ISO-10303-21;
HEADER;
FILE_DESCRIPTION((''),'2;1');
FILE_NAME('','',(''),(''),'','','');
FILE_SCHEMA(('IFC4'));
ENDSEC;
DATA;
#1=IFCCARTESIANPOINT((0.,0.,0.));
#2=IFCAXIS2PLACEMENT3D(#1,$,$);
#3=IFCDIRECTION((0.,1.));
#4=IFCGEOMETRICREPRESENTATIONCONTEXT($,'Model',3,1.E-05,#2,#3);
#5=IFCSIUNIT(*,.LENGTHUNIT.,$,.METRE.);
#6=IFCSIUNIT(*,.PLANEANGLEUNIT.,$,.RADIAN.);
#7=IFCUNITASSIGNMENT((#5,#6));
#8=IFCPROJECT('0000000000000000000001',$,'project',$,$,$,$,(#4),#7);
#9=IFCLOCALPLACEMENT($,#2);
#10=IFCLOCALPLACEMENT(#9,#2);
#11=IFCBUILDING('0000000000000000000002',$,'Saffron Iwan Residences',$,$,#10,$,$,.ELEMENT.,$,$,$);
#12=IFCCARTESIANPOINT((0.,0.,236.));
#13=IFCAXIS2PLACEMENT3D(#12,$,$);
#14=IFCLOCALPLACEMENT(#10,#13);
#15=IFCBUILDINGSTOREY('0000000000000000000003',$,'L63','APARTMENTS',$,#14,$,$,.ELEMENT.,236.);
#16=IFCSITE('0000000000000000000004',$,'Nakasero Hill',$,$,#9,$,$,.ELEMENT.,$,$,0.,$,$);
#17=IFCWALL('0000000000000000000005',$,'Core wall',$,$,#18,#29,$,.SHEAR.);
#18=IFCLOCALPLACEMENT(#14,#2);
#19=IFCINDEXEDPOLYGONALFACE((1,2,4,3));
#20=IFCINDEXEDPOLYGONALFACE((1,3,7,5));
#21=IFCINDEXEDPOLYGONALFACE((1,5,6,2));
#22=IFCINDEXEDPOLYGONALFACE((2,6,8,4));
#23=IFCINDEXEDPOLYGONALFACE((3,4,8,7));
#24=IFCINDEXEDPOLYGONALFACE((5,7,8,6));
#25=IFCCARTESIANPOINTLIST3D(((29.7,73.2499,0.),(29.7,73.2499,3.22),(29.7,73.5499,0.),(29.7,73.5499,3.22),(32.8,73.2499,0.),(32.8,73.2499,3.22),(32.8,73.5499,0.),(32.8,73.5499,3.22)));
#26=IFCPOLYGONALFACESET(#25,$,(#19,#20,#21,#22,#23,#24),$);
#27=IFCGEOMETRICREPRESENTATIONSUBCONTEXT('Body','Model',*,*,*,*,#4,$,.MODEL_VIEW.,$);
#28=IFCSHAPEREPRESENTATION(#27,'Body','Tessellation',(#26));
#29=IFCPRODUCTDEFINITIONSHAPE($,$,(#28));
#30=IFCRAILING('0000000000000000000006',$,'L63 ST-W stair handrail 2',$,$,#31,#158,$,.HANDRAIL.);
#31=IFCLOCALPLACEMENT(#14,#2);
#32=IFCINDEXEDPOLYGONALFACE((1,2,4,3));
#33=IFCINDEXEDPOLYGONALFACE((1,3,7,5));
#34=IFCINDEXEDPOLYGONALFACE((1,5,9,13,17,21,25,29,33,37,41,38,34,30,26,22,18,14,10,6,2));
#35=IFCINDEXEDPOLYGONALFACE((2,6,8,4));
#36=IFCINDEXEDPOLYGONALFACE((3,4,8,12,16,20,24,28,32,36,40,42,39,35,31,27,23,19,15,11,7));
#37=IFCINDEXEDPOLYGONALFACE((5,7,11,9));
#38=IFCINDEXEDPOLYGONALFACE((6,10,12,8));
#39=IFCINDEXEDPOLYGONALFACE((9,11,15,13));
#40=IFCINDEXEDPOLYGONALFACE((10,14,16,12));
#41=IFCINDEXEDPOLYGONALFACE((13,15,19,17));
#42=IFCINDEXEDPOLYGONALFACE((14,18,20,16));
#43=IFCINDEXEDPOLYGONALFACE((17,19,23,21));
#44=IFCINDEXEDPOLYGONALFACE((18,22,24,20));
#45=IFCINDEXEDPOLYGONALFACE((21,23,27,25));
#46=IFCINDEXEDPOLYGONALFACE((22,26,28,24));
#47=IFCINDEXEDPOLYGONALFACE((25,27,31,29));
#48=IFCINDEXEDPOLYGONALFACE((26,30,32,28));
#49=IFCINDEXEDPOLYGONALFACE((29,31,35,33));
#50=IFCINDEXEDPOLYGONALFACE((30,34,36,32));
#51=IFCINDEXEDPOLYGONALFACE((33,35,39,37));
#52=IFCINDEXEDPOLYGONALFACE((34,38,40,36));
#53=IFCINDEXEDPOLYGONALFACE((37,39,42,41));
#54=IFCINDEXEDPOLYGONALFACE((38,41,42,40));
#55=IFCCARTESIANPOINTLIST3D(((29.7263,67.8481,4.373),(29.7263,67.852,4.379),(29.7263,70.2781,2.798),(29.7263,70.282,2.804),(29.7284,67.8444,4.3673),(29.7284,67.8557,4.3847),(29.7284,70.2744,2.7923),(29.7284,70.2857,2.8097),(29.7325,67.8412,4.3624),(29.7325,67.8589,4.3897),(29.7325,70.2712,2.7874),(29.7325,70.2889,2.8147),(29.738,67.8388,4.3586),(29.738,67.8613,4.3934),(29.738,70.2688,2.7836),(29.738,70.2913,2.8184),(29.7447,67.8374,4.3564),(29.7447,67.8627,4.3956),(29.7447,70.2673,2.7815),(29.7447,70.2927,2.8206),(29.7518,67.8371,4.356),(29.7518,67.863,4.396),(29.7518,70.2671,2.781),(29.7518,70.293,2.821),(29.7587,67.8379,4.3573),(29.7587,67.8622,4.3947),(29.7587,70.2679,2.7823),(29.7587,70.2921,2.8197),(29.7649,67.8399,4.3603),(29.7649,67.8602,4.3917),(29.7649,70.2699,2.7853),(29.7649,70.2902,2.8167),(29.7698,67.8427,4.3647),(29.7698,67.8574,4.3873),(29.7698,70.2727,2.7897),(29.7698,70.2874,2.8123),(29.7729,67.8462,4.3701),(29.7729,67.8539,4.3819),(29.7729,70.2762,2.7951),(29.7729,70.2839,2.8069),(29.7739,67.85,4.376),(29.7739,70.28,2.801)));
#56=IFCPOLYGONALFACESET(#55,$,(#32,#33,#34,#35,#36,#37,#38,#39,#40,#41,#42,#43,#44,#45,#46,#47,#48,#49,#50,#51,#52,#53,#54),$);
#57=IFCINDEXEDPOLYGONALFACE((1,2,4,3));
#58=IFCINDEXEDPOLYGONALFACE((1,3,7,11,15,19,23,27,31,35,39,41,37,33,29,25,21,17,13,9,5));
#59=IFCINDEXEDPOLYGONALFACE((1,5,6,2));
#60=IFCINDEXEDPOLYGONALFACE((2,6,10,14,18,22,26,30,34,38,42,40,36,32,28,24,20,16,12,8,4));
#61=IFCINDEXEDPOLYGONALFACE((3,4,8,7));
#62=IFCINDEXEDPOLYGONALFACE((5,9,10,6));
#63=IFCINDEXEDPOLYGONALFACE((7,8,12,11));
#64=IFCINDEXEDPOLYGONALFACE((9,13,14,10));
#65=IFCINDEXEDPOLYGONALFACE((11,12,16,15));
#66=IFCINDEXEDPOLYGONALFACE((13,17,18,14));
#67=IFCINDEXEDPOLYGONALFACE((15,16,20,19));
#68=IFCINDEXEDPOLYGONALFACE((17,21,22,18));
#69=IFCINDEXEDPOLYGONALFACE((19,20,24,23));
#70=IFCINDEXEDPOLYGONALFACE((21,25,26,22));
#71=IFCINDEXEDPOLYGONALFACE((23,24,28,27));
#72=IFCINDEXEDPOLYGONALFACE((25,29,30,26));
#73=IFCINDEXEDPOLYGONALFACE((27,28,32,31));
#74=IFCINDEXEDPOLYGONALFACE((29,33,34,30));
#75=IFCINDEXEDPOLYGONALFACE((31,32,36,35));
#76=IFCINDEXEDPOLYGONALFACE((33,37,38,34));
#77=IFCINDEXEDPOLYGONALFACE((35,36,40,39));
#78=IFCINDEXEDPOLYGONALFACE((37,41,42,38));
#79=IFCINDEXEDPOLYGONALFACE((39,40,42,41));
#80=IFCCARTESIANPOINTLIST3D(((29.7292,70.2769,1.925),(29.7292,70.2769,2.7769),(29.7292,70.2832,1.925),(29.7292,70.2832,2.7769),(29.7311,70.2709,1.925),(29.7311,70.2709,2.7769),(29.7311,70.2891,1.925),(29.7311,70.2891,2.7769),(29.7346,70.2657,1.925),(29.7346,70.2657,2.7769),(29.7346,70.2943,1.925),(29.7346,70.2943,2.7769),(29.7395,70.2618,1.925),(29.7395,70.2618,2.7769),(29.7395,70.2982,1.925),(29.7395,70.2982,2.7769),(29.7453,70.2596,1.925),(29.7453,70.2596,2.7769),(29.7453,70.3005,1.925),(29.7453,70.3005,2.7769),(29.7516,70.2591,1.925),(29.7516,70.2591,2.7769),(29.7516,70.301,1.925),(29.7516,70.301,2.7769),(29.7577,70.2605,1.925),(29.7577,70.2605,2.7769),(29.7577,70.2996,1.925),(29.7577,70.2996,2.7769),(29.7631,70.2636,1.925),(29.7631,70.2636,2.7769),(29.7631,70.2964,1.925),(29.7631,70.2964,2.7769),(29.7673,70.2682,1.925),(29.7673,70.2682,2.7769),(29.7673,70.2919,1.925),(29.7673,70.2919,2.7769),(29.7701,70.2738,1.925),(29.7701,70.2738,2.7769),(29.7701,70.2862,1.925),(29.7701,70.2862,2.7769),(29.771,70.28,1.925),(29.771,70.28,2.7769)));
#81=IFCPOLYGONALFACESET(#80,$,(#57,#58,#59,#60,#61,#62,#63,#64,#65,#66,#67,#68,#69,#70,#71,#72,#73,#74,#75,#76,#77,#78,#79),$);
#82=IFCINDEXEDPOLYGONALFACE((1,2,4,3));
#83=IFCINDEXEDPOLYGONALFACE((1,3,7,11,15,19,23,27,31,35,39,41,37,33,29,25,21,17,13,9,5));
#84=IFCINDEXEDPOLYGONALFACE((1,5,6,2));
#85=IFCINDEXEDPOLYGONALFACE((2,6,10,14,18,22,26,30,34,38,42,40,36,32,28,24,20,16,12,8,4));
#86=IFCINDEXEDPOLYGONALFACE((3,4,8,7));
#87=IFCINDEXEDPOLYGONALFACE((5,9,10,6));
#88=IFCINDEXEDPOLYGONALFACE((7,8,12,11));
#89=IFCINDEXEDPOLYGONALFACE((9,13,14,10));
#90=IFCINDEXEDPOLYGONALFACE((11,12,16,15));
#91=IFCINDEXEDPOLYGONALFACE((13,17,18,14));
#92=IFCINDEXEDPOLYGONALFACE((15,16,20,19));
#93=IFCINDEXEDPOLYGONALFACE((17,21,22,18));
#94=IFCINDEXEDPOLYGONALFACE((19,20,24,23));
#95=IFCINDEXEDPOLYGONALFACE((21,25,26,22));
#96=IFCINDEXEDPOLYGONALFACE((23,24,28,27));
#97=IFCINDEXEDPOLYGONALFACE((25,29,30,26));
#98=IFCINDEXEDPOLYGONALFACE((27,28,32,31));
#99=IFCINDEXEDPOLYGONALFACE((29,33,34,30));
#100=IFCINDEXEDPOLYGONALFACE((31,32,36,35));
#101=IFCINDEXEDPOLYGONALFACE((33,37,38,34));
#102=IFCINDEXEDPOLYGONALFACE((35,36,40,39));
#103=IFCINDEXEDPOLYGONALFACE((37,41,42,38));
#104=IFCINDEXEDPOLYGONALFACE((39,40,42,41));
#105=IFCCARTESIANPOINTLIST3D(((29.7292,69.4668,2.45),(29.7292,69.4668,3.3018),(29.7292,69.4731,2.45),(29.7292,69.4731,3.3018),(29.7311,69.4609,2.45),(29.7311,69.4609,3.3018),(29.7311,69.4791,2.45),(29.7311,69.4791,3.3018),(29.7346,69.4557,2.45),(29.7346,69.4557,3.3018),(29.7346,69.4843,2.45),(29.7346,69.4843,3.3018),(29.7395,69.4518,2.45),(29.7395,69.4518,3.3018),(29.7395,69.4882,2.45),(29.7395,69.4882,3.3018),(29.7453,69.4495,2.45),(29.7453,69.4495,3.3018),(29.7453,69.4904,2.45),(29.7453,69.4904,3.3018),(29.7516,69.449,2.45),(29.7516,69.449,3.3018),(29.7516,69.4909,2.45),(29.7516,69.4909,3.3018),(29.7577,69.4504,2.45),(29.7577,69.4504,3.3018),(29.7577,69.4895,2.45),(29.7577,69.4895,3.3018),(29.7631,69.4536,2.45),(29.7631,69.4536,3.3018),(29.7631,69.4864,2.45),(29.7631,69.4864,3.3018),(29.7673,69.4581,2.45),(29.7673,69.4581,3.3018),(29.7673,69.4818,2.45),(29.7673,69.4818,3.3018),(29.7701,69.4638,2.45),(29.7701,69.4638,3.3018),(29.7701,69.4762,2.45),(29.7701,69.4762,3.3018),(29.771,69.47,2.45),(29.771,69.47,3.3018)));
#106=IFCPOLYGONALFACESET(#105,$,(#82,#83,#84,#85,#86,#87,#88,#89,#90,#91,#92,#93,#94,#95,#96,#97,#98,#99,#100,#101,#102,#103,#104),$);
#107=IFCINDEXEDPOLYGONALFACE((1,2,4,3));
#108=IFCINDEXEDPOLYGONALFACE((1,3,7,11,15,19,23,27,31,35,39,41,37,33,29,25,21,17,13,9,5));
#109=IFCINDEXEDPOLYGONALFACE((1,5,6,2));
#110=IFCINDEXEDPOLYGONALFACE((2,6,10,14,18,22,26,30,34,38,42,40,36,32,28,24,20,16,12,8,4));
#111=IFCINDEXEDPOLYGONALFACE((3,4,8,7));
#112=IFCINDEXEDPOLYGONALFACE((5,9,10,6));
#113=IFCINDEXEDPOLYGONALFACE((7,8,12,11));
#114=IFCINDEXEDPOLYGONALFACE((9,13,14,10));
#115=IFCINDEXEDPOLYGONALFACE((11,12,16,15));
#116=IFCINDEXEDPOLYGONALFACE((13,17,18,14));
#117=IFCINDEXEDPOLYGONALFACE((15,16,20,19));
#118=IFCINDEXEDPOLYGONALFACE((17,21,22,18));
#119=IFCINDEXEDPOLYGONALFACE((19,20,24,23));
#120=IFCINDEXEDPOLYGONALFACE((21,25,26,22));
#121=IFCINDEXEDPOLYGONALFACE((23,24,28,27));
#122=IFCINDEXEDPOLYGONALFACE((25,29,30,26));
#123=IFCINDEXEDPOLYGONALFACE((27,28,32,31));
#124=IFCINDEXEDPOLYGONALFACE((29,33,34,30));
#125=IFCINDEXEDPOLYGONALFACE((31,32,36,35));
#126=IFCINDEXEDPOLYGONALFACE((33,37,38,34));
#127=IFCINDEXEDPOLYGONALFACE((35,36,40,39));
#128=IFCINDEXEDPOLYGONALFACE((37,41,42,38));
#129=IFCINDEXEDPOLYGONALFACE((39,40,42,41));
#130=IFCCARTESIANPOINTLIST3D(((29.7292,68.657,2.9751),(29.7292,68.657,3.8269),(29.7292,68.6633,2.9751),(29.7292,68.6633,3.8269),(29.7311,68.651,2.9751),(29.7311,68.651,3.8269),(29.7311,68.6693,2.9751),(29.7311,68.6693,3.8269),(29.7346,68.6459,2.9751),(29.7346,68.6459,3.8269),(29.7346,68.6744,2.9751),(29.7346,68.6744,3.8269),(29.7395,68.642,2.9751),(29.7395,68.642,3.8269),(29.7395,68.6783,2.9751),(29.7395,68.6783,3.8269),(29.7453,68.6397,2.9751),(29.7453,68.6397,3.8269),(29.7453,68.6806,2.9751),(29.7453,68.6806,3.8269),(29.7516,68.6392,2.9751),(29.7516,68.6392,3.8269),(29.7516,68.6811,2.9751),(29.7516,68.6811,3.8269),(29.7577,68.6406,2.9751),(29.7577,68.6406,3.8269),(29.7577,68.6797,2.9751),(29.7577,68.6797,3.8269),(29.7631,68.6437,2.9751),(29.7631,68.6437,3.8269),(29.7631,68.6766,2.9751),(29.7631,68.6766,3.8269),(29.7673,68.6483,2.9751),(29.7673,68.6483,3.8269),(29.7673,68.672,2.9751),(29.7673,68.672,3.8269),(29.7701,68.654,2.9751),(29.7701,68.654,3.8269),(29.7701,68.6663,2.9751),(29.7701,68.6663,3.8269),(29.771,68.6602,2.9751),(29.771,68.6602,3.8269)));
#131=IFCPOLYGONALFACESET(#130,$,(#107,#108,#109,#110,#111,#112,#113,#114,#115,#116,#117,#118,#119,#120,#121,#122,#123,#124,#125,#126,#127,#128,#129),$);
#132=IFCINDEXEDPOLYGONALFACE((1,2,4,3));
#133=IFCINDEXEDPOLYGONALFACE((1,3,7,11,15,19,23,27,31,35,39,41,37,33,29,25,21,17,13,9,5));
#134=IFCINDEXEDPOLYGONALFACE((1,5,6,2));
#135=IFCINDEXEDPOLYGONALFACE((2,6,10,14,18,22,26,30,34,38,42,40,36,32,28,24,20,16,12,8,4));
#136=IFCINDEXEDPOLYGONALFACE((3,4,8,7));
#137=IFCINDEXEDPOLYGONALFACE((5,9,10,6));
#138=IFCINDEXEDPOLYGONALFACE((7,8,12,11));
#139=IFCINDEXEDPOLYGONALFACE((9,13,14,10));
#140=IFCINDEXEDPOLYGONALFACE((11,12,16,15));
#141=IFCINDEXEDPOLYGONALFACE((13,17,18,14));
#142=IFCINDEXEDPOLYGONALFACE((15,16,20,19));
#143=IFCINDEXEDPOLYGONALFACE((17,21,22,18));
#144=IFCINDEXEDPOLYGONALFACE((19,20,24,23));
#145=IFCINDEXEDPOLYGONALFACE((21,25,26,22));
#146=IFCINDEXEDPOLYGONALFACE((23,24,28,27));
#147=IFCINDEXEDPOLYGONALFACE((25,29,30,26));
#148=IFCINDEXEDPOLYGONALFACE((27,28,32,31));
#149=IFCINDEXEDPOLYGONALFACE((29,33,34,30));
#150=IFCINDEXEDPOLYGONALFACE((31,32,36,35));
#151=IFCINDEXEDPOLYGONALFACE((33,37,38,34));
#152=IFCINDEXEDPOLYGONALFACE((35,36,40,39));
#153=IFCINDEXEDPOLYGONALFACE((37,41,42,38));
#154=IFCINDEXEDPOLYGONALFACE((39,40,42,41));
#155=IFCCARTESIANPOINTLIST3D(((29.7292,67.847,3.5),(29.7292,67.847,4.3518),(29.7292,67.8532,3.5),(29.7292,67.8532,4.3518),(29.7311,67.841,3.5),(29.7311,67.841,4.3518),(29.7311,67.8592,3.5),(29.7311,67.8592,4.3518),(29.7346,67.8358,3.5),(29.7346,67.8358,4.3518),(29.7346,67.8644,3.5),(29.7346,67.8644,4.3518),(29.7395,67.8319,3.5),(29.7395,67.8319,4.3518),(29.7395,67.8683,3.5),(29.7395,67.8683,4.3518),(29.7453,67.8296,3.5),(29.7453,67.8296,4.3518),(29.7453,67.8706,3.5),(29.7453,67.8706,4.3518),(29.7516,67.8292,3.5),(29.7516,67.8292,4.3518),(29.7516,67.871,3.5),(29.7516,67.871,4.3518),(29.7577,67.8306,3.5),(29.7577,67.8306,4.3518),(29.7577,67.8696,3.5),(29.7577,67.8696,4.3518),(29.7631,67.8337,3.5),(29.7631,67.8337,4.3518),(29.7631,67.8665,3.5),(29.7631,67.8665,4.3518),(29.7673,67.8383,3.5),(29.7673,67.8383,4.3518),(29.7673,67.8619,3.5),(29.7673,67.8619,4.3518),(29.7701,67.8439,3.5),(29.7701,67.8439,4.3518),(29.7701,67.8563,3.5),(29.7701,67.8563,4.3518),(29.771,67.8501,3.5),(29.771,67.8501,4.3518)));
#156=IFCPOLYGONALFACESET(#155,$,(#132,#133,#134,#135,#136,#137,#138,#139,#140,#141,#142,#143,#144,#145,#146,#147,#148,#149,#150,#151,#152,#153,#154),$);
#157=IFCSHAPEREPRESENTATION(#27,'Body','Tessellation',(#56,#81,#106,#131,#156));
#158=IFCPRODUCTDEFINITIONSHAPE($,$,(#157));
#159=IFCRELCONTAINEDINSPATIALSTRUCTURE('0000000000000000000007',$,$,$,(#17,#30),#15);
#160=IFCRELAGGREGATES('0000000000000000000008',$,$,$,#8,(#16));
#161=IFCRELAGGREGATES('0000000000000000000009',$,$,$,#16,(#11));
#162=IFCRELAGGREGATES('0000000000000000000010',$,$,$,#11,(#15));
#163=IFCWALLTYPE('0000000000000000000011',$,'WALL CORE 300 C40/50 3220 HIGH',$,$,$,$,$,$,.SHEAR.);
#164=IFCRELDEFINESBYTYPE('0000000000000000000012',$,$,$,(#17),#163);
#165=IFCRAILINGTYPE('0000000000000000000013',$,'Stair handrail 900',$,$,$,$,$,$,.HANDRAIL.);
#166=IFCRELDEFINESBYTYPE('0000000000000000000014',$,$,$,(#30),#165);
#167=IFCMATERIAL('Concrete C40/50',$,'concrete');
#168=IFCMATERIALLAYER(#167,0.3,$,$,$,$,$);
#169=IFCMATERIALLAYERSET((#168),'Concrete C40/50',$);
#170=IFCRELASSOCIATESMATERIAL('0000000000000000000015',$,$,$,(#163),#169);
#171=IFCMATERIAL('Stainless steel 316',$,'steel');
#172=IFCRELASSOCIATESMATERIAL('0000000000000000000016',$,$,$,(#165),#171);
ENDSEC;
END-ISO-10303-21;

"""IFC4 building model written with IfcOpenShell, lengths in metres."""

from ifc_helpers import new_model, si_unit, direction, frame, frame_2d, origin, origin_2d, place, context, subcontext, project, spatial, rectangle, circle, extrude, material, layer, layer_set, type_object, element, save


model = new_model("IFC4")

# Units and contexts
model_context = context("Model", 3, precision=1e-05, world=origin(), true_north=direction((0.0, 1.0)))
body_context = subcontext(model_context, "Body", "Model", "MODEL_VIEW")
ifc_project = project(units=[si_unit("LENGTHUNIT", "METRE"), si_unit("PLANEANGLEUNIT", "RADIAN")], contexts=[model_context])

# Site, building, storey
site_placement = place(None, origin())
site = spatial("IfcSite", under=ifc_project, at=site_placement, Name="Nakasero Hill", CompositionType="ELEMENT", RefElevation=0.0)
building_placement = place(site_placement, origin())
building = spatial("IfcBuilding", under=site, at=building_placement, Name="Saffron Iwan Residences", CompositionType="ELEMENT")
storey_placement = place(building_placement, frame((0.0, 0.0, 236.0)))
storey = spatial("IfcBuildingStorey", under=building, at=storey_placement, Name="L63", Description="APARTMENTS", CompositionType="ELEMENT", Elevation=236.0)

# Wall
ifc_material_1 = material(Name="Concrete C40/50", Category="concrete")
ifc_layer = layer(ifc_material_1, 0.3)
ifc_layer_set = layer_set([ifc_layer], Name="Concrete C40/50")
wall_type = type_object("IfcWallType", Name="WALL CORE 300 C40/50 3220 HIGH", PredefinedType="SHEAR", material=ifc_layer_set)
wall_placement = place(storey_placement, frame((29.7, 73.3999, 0.0), z_axis=(0.0, 0.0, 1.0), x_axis=(1.0, 0.0, 0.0)))
element("IfcWall", 1, at=wall_placement, inside=storey, type_object=wall_type, Name="Core wall", PredefinedType="SHEAR", context=body_context, shape_type="SweptSolid", body=[
    extrude(rectangle(XDim=3.1001, YDim=0.3, at=frame_2d((1.55, 0.0))), origin(), (0.0, 0.0, 1.0), 3.22),
])

# Railing
ifc_material_2 = material(Name="Stainless steel 316", Category="steel")
railing_type = type_object("IfcRailingType", Name="Stair handrail 900", PredefinedType="HANDRAIL", material=ifc_material_2)
railing_placement = place(storey_placement, frame((29.75, 70.28, 1.925)))
element("IfcRailing", 2, at=railing_placement, inside=storey, type_object=railing_type, Name="L63 ST-W stair handrail 2", PredefinedType="HANDRAIL", context=body_context, shape_type="SweptSolid", body=[
    extrude(circle(Radius=0.0239, at=origin_2d()), frame((0.0, 0.0, 0.876), z_axis=(0.0, -0.839154, 0.543894), x_axis=(1.0, 0.0, 0.0)), (0.0, 0.0, 1.0), 2.8958),
    extrude(circle(Radius=0.021, at=origin_2d()), origin(), (0.0, 0.0, 1.0), 0.8518),
    extrude(circle(Radius=0.021, at=origin_2d()), frame((0.0, -0.8101, 0.5249)), (0.0, 0.0, 1.0), 0.8518),
    extrude(circle(Radius=0.021, at=origin_2d()), frame((0.0, -1.6199, 1.05)), (0.0, 0.0, 1.0), 0.8518),
    extrude(circle(Radius=0.021, at=origin_2d()), frame((0.0, -2.4299, 1.575)), (0.0, 0.0, 1.0), 0.8518),
])

save(model, "model.ifc")
